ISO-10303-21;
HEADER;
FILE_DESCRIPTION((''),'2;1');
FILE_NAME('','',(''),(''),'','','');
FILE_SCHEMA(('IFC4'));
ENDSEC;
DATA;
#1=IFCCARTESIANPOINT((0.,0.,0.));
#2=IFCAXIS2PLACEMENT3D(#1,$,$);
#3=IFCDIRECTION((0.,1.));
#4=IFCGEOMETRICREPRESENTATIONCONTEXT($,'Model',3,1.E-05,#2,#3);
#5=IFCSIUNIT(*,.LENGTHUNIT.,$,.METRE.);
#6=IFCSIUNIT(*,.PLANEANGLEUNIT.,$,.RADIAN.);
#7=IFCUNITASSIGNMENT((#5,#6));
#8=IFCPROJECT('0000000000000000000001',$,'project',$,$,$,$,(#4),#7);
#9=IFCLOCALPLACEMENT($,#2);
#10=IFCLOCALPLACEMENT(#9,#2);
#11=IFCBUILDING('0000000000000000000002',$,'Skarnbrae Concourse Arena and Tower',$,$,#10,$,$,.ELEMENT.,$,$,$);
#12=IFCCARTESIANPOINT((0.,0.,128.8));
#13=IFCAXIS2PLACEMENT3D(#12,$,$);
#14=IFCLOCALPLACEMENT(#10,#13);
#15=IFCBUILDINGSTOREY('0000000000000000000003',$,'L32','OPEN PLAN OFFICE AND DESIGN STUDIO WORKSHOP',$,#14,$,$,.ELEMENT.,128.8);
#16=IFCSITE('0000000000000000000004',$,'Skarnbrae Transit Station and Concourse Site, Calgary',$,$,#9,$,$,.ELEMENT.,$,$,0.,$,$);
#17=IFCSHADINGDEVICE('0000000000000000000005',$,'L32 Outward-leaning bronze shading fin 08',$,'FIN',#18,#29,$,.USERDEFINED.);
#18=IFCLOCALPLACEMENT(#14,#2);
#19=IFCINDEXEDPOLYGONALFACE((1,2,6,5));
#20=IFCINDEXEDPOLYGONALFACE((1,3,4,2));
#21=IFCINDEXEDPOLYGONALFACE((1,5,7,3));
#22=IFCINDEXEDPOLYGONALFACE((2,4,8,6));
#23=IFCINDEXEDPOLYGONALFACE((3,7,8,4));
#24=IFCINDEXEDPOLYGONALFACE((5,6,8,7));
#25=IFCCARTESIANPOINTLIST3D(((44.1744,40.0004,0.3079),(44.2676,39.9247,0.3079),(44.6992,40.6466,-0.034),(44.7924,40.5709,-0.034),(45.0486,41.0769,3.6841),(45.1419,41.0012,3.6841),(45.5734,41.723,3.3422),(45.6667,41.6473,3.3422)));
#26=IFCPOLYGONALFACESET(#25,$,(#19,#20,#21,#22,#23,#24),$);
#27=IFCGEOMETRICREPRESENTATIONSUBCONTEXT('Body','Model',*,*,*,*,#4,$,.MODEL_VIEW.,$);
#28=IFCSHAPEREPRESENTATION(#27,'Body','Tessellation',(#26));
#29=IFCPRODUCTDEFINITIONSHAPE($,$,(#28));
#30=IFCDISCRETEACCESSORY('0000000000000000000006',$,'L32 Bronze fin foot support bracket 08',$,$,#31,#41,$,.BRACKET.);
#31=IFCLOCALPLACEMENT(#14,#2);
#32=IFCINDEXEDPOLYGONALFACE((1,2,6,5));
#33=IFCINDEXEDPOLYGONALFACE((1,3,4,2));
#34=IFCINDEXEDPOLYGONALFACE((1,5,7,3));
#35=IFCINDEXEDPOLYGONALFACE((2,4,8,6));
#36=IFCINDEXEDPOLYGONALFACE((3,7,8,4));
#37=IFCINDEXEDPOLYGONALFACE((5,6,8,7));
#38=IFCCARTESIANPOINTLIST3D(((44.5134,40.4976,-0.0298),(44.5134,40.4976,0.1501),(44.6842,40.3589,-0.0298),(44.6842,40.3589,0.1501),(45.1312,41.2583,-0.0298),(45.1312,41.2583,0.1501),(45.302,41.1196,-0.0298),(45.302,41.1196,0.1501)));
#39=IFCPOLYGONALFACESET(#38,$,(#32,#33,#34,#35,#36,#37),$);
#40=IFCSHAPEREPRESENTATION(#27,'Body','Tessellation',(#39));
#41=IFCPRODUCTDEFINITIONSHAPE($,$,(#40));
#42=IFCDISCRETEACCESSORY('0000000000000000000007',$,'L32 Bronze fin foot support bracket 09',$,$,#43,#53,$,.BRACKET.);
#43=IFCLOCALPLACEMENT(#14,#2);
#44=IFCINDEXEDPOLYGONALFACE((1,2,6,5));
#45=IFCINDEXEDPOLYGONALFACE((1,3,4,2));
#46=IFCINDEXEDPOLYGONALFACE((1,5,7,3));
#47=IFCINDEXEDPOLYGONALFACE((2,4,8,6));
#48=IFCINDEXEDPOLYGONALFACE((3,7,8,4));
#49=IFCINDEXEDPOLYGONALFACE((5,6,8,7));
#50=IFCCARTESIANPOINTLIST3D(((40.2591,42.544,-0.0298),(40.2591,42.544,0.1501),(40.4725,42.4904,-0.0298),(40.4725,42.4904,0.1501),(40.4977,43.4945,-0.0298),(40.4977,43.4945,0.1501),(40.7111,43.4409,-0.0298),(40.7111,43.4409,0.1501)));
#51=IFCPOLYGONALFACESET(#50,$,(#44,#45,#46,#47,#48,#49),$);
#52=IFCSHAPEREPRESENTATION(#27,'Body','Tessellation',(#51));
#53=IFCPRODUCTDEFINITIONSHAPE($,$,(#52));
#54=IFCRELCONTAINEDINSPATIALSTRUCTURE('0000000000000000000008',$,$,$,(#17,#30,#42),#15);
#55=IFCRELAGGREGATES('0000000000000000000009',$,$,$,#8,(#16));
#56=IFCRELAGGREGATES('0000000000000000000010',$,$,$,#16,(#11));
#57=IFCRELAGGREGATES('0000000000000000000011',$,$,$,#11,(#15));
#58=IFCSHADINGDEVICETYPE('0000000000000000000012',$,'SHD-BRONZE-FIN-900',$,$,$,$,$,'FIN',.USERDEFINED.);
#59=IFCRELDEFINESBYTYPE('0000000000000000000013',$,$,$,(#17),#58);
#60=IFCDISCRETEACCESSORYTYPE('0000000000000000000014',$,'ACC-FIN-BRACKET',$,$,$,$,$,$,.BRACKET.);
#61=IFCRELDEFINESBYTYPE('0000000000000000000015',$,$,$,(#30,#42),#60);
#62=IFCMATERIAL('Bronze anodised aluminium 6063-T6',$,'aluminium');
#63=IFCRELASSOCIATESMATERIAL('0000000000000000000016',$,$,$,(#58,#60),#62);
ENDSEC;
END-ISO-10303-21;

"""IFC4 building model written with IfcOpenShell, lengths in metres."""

from ifc_helpers import new_model, si_unit, direction, frame, origin, origin_2d, place, context, subcontext, project, spatial, rectangle, extrude, source, transform, mapped, material, type_object, element, save


model = new_model("IFC4")

# Units and contexts
model_context = context("Model", 3, precision=1e-05, world=origin(), true_north=direction((0.0, 1.0)))
body_context = subcontext(model_context, "Body", "Model", "MODEL_VIEW")
ifc_project = project(units=[si_unit("LENGTHUNIT", "METRE"), si_unit("PLANEANGLEUNIT", "RADIAN")], contexts=[model_context])

# Site, building, storey
site_placement = place(None, origin())
site = spatial("IfcSite", under=ifc_project, at=site_placement, Name="Skarnbrae Transit Station and Concourse Site, Calgary", CompositionType="ELEMENT", RefElevation=0.0)
building_placement = place(site_placement, origin())
building = spatial("IfcBuilding", under=site, at=building_placement, Name="Skarnbrae Concourse Arena and Tower", CompositionType="ELEMENT")
storey_placement = place(building_placement, frame((0.0, 0.0, 128.8)))
storey = spatial("IfcBuildingStorey", under=building, at=storey_placement, Name="L32", Description="OPEN PLAN OFFICE AND DESIGN STUDIO WORKSHOP", CompositionType="ELEMENT", Elevation=128.8)

# Shared definitions
ifc_material_1 = material(Name="Bronze anodised aluminium 6063-T6", Category="aluminium")

# Shading device
shading_device_type = type_object("IfcShadingDeviceType", Name="SHD-BRONZE-FIN-900", ElementType="FIN", PredefinedType="USERDEFINED", material=ifc_material_1)
shared_shape_1 = source(origin(), body_context, "Body", "SweptSolid", [
    extrude(rectangle(XDim=0.1201, YDim=0.8999, at=origin_2d()), origin(), (0.0, 0.0, 1.0), 3.6499),
])
shading_device_placement = place(storey_placement, frame((44.4834, 40.2856, 0.137), z_axis=(0.239527, 0.294927, 0.925011), x_axis=(0.776245, -0.630432, 0.0)))
element("IfcShadingDevice", 1, at=shading_device_placement, inside=storey, type_object=shading_device_type, Name="L32 Outward-leaning bronze shading fin 08", ObjectType="FIN", PredefinedType="USERDEFINED", context=body_context, shape_type="MappedRepresentation", body=[
    mapped(shared_shape_1, transform((0.0, 0.0, 0.0))),
])

# Discrete accessories
discrete_accessory_type = type_object("IfcDiscreteAccessoryType", Name="ACC-FIN-BRACKET", PredefinedType="BRACKET", material=ifc_material_1)
shared_shape_2 = source(origin(), body_context, "Body", "SweptSolid", [
    extrude(rectangle(XDim=0.22, YDim=0.98, at=origin_2d()), origin(), (0.0, 0.0, 1.0), 0.1799),
])
for number, where, z_axis, x_axis, name in (
    (2, (44.9077, 40.8086, -0.0298), (0.0, 0.0, 1.0), (0.776245, -0.630432, 0.0), "L32 Bronze fin foot support bracket 08"),
    (3, (40.4851, 42.9924, -0.0298), (0.0, 0.0, 1.0), (0.969902, -0.243497, 0.0), "L32 Bronze fin foot support bracket 09"),
):
    element("IfcDiscreteAccessory", number, at=place(storey_placement, frame(where, z_axis=z_axis, x_axis=x_axis)), inside=storey, type_object=discrete_accessory_type, Name=name, PredefinedType="BRACKET", context=body_context, shape_type="MappedRepresentation", body=[
        mapped(shared_shape_2, transform((0.0, 0.0, 0.0))),
    ])

save(model, "model.ifc")
